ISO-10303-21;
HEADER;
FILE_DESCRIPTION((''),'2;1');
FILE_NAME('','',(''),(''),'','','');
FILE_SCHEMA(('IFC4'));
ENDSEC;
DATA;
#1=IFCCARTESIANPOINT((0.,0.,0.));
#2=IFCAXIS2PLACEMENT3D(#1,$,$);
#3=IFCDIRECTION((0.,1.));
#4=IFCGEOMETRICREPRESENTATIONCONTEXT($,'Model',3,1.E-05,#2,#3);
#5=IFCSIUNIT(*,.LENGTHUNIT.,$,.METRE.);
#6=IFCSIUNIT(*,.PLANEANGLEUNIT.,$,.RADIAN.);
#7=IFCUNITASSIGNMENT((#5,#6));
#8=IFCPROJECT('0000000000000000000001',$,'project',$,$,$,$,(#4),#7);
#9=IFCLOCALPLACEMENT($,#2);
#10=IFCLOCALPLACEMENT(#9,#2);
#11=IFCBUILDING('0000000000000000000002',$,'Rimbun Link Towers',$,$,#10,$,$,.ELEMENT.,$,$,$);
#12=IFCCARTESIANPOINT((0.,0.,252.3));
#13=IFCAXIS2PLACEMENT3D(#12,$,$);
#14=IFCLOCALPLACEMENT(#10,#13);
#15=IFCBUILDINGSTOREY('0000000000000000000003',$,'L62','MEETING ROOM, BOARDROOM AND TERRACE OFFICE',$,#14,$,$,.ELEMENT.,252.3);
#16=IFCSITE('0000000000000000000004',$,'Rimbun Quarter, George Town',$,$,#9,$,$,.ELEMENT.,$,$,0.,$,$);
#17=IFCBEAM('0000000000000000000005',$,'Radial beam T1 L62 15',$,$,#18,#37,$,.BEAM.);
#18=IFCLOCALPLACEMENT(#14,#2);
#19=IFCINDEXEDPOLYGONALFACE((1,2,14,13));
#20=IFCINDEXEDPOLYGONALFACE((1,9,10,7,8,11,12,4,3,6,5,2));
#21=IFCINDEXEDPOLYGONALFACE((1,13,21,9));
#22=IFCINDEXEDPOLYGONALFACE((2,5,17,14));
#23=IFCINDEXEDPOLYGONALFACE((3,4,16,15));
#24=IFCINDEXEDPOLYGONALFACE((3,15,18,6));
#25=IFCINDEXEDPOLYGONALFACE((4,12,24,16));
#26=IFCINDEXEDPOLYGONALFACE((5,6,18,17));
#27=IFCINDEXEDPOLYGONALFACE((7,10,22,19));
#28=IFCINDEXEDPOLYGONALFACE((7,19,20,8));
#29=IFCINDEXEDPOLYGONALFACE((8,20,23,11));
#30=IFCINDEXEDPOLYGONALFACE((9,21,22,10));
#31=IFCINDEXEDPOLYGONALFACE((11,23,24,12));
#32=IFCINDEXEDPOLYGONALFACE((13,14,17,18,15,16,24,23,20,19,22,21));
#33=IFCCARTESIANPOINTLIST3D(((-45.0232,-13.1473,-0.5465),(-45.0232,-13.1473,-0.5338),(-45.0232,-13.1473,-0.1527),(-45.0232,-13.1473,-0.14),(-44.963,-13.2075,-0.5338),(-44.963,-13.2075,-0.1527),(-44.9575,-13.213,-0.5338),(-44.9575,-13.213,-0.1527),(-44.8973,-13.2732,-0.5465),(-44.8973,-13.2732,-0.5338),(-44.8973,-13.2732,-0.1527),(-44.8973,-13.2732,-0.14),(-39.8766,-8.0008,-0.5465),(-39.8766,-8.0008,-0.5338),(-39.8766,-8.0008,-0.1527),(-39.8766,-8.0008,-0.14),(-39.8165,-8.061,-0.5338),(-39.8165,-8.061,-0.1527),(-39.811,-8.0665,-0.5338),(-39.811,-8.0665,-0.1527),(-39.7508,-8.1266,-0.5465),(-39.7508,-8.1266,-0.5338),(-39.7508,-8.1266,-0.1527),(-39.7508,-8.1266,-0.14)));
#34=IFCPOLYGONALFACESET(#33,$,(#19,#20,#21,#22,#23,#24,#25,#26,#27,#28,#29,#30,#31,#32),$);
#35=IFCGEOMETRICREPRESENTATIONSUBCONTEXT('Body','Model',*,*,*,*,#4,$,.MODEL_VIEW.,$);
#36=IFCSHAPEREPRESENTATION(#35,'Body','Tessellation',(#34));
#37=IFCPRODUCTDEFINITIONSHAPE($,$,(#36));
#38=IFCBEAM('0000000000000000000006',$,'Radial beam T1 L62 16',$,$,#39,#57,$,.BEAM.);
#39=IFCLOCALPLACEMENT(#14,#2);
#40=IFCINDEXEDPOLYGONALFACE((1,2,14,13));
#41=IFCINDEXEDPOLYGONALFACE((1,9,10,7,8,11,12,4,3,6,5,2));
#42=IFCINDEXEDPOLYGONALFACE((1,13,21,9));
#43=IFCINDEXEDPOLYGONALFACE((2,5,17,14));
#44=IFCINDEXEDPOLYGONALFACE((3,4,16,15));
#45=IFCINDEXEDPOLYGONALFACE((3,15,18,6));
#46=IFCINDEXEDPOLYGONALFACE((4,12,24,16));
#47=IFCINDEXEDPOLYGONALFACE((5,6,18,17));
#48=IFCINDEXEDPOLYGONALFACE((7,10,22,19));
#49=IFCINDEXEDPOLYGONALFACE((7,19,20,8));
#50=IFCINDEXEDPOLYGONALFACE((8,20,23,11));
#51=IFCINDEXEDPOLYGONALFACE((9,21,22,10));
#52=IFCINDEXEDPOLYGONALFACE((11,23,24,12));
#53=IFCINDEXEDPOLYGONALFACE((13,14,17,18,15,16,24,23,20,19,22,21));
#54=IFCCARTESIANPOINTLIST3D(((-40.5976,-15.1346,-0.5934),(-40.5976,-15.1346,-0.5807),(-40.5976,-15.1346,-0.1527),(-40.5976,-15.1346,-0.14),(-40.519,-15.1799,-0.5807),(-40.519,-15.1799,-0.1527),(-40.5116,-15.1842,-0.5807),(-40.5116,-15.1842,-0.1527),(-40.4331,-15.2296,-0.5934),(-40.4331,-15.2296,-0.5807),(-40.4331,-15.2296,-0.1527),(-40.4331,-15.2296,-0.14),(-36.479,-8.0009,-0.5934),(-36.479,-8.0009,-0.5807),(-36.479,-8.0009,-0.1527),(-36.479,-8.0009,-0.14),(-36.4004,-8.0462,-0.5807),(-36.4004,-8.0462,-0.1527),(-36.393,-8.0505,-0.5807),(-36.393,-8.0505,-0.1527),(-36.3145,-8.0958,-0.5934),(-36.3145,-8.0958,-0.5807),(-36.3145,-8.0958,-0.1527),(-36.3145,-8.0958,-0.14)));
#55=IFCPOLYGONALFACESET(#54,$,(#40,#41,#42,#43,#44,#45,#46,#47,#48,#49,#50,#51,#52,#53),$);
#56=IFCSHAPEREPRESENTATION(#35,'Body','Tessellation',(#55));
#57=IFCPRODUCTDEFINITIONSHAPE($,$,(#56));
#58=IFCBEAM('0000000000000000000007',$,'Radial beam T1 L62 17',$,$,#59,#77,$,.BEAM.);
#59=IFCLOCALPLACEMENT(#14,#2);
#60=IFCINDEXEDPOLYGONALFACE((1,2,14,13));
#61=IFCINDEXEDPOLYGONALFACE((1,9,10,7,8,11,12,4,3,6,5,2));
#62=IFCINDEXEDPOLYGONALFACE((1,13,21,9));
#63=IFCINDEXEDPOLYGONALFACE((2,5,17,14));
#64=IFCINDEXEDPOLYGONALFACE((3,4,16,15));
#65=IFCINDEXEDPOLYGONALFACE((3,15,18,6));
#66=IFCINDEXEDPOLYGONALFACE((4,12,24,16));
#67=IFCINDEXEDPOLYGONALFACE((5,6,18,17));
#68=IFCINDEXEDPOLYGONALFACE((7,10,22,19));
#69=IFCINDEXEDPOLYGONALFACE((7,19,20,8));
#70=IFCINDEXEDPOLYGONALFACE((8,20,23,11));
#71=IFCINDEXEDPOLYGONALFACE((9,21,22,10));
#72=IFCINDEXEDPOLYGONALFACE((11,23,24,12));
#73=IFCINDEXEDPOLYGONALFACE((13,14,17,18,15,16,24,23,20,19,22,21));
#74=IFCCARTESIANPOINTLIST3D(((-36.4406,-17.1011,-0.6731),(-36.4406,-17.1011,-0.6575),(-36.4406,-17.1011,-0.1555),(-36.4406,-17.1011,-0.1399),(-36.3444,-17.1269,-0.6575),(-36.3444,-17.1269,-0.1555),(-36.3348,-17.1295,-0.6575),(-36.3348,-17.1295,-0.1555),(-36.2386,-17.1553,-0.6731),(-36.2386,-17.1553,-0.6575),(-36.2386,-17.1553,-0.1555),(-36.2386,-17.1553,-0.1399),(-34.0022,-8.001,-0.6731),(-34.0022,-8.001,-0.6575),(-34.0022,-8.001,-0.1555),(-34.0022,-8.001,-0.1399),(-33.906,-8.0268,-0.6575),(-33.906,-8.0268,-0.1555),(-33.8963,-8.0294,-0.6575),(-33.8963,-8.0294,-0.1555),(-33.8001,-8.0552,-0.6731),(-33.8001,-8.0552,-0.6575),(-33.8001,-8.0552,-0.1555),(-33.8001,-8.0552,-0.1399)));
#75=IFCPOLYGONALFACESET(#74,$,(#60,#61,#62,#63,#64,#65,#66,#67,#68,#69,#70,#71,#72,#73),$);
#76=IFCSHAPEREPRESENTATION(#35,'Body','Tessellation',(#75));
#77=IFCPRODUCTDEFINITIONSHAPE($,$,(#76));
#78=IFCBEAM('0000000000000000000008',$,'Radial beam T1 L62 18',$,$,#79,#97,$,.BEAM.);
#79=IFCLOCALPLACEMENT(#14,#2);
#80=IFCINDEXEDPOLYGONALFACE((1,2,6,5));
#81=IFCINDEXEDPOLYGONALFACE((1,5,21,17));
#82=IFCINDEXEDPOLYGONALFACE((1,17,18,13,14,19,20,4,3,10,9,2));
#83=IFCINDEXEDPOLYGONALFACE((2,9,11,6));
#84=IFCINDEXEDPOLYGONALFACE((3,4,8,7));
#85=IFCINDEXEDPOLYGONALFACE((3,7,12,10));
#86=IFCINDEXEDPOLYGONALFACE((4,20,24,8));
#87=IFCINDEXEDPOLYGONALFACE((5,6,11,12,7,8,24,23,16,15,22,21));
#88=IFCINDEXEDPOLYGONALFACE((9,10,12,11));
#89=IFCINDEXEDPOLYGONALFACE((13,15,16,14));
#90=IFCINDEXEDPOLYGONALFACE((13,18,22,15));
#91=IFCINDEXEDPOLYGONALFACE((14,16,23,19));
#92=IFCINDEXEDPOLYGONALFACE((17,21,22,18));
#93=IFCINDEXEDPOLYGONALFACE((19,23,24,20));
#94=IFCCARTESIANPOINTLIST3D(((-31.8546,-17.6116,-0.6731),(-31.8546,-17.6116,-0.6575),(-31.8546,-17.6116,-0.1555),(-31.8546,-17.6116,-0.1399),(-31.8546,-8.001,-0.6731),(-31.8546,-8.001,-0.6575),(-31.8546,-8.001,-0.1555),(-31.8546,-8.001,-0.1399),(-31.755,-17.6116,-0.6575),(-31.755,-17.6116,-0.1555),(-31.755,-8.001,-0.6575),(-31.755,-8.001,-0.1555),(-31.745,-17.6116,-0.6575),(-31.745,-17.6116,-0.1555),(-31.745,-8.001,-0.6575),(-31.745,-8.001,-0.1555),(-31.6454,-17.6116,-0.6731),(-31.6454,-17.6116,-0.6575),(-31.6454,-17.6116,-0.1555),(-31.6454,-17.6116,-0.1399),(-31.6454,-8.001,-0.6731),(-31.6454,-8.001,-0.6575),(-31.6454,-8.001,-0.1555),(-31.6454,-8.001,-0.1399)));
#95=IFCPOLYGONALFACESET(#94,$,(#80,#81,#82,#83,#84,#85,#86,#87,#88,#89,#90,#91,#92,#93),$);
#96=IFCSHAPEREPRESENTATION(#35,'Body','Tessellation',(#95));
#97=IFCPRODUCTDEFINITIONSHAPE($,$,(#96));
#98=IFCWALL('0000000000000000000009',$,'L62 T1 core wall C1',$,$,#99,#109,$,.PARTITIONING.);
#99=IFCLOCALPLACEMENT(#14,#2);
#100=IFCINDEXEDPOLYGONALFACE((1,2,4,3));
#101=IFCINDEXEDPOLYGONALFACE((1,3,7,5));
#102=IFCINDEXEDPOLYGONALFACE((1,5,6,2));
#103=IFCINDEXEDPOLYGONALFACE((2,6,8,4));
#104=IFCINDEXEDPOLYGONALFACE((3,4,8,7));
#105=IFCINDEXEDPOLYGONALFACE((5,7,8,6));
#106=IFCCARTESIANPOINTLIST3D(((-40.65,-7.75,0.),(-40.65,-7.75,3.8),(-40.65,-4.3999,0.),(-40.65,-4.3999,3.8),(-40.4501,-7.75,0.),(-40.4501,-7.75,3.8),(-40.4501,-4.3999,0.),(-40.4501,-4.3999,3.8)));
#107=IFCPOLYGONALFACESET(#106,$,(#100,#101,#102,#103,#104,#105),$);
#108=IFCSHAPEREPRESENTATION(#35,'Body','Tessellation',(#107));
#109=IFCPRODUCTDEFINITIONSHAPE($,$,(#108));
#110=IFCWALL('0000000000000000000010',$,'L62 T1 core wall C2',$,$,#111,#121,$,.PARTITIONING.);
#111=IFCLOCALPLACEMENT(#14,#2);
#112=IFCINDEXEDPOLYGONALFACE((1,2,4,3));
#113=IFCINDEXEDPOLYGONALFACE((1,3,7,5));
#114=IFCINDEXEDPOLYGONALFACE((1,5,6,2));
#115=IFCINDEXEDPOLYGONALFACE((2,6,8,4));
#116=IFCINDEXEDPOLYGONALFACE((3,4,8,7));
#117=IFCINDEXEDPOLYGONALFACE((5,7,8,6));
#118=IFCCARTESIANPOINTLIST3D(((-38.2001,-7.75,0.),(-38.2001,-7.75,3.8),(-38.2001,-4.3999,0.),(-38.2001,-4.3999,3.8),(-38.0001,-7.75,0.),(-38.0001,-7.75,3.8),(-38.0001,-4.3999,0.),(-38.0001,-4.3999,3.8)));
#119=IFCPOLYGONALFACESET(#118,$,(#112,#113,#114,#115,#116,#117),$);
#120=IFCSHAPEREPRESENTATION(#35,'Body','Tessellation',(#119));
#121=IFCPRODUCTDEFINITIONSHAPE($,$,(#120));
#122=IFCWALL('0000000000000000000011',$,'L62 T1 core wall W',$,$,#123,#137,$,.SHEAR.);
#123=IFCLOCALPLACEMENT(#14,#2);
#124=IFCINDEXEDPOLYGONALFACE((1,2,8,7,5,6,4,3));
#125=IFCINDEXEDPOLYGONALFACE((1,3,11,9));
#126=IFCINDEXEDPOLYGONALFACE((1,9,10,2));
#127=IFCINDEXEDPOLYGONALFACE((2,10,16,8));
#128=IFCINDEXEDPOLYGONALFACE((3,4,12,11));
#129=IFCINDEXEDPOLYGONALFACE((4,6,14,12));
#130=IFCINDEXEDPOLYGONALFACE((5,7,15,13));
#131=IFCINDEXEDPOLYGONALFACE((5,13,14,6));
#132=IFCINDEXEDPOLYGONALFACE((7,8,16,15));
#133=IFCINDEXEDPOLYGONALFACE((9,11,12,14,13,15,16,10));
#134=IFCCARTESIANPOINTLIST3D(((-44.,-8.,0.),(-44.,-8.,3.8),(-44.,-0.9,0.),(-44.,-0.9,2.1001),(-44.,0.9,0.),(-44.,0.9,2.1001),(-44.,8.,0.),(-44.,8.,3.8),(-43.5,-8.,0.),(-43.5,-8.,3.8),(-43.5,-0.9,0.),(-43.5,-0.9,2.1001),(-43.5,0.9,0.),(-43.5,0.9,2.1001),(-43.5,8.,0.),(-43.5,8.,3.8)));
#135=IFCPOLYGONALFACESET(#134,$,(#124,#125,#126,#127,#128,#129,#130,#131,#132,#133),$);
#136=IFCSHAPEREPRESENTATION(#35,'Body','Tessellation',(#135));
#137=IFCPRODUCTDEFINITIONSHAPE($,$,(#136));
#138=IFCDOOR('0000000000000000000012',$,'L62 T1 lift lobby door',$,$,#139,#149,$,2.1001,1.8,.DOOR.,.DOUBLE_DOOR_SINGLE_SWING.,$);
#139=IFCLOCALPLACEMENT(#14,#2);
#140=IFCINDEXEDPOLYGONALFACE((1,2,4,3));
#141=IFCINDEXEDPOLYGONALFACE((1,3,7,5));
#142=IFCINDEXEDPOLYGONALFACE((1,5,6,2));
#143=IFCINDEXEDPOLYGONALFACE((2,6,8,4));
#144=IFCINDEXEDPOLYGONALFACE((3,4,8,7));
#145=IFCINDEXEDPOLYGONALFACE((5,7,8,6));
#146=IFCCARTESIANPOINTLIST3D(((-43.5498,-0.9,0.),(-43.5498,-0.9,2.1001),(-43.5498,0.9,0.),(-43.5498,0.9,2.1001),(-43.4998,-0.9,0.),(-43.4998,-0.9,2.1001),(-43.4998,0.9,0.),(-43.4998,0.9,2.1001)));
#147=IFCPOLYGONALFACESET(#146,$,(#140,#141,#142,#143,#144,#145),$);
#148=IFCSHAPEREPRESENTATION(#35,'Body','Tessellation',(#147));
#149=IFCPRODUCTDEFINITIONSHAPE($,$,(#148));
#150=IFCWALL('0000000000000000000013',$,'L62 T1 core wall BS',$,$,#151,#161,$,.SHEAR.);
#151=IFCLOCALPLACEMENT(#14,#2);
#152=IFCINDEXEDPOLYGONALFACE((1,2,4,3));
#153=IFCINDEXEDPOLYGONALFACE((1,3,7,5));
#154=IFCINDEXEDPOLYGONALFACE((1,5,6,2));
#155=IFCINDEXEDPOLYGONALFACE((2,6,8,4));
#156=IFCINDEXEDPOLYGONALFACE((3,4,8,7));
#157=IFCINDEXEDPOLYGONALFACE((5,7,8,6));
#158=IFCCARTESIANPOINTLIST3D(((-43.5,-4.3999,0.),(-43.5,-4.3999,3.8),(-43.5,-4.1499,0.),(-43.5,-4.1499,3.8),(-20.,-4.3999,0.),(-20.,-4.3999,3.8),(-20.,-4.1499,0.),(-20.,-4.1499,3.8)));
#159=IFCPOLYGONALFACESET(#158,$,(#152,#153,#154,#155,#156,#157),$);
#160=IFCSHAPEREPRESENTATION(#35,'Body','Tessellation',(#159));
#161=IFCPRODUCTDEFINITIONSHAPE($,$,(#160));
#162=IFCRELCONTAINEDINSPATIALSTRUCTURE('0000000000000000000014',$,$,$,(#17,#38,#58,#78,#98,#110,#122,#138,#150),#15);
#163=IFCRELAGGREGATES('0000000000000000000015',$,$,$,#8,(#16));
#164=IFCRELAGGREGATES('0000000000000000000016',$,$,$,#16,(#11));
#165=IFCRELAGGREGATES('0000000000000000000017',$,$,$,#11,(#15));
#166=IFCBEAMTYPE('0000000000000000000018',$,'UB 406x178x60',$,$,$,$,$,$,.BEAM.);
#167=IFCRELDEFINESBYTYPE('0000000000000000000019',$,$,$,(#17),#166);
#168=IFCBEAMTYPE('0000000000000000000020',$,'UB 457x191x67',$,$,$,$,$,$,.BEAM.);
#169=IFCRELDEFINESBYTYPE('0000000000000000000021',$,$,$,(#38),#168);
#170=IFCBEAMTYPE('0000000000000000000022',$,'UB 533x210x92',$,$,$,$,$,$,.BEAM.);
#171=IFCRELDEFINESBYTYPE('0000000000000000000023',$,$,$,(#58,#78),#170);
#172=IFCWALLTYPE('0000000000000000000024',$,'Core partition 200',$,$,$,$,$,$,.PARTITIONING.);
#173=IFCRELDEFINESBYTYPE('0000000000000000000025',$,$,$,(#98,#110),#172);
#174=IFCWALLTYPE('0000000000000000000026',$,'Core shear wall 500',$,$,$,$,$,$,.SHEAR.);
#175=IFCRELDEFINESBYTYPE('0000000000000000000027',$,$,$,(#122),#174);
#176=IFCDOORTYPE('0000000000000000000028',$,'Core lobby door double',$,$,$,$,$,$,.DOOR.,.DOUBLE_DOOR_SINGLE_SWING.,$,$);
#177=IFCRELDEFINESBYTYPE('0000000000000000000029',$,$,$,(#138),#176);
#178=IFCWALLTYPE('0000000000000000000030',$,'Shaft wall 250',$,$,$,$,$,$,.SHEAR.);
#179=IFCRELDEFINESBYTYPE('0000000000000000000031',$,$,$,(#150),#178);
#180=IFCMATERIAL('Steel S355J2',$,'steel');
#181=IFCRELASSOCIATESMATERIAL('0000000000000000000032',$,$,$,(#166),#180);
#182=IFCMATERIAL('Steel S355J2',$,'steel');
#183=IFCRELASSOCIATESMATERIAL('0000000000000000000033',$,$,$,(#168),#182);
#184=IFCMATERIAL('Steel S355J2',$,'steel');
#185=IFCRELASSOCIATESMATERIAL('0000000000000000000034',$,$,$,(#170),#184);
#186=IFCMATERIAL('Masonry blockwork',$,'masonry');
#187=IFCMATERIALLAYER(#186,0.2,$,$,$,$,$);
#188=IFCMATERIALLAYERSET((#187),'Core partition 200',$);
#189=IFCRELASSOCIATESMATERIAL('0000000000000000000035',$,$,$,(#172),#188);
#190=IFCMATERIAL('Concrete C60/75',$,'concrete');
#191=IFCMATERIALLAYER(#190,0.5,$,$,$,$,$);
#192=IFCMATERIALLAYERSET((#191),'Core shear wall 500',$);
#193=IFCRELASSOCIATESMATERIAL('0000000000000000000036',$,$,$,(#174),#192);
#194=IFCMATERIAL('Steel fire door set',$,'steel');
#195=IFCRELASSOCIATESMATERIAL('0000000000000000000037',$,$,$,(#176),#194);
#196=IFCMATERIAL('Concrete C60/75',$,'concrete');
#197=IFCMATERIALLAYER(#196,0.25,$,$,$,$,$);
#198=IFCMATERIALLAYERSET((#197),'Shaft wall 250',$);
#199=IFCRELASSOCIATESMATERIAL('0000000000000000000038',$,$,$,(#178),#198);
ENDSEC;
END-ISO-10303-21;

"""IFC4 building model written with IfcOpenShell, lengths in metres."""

from ifc_helpers import new_model, si_unit, direction, frame, frame_2d, origin, origin_2d, place, context, subcontext, project, spatial, rectangle, i_section, extrude, material, layer, layer_set, material_profile, profile_set, type_object, element, fill, save


model = new_model("IFC4")

# Units and contexts
model_context = context("Model", 3, precision=1e-05, world=origin(), true_north=direction((0.0, 1.0)))
body_context = subcontext(model_context, "Body", "Model", "MODEL_VIEW")
ifc_project = project(units=[si_unit("LENGTHUNIT", "METRE"), si_unit("PLANEANGLEUNIT", "RADIAN")], contexts=[model_context])

# Site, building, storey
site_placement = place(None, origin())
site = spatial("IfcSite", under=ifc_project, at=site_placement, Name="Rimbun Quarter, George Town", CompositionType="ELEMENT", RefElevation=0.0)
building_placement = place(site_placement, origin())
building = spatial("IfcBuilding", under=site, at=building_placement, Name="Rimbun Link Towers", CompositionType="ELEMENT")
storey_placement = place(building_placement, frame((0.0, 0.0, 252.3)))
storey = spatial("IfcBuildingStorey", under=building, at=storey_placement, Name="L62", Description="MEETING ROOM, BOARDROOM AND TERRACE OFFICE", CompositionType="ELEMENT", Elevation=252.3)

# Beams
ifc_material_1 = material(Name="Steel S355J2", Category="steel")
ifc_material_profile_1 = material_profile(ifc_material_1, i_section(OverallWidth=0.178, OverallDepth=0.4065, WebThickness=0.0078, FlangeThickness=0.0127, at=origin_2d()), Name="UB 406x178x60")
ifc_profile_set_1 = profile_set([ifc_material_profile_1], Name="Steel S355J2")
beam_type_1 = type_object("IfcBeamType", Name="UB 406x178x60", PredefinedType="BEAM", material=ifc_profile_set_1)
beam_1_placement = place(storey_placement, frame((-39.8137, -8.0637, -0.3433), z_axis=(-0.707107, -0.707107, 0.0), x_axis=(0.707107, -0.707107, 0.0)))
element("IfcBeam", 1, at=beam_1_placement, inside=storey, type_object=beam_type_1, Name="Radial beam T1 L62 15", PredefinedType="BEAM", context=body_context, shape_type="SweptSolid", body=[
    extrude(i_section(OverallWidth=0.178, OverallDepth=0.4065, WebThickness=0.0078, FlangeThickness=0.0127, at=origin_2d()), origin(), (0.0, 0.0, 1.0), 7.2783),
])
ifc_material_2 = material(Name="Steel S355J2", Category="steel")
ifc_material_profile_2 = material_profile(ifc_material_2, i_section(OverallWidth=0.1899, OverallDepth=0.4534, WebThickness=0.0085, FlangeThickness=0.0127, at=origin_2d()), Name="UB 457x191x67")
ifc_profile_set_2 = profile_set([ifc_material_profile_2], Name="Steel S355J2")
beam_type_2 = type_object("IfcBeamType", Name="UB 457x191x67", PredefinedType="BEAM", material=ifc_profile_set_2)
beam_2_placement = place(storey_placement, frame((-36.3967, -8.0483, -0.3667), z_axis=(-0.499996, -0.866028, 0.0), x_axis=(0.866028, -0.499996, 0.0)))
element("IfcBeam", 2, at=beam_2_placement, inside=storey, type_object=beam_type_2, Name="Radial beam T1 L62 16", PredefinedType="BEAM", context=body_context, shape_type="SweptSolid", body=[
    extrude(i_section(OverallWidth=0.1899, OverallDepth=0.4534, WebThickness=0.0085, FlangeThickness=0.0127, at=origin_2d()), origin(), (0.0, 0.0, 1.0), 8.2373),
])
ifc_material_3 = material(Name="Steel S355J2", Category="steel")
ifc_material_profile_3 = material_profile(ifc_material_3, i_section(OverallWidth=0.2092, OverallDepth=0.5332, WebThickness=0.01, FlangeThickness=0.0156, at=origin_2d()), Name="UB 533x210x92")
ifc_profile_set_3 = profile_set([ifc_material_profile_3], Name="Steel S355J2")
beam_type_3 = type_object("IfcBeamType", Name="UB 533x210x92", PredefinedType="BEAM", material=ifc_profile_set_3)
beam_3_placement = place(storey_placement, frame((-33.9011, -8.0281, -0.4065), z_axis=(-0.25883, -0.965923, 0.0), x_axis=(0.965923, -0.25883, 0.0)))
element("IfcBeam", 3, at=beam_3_placement, inside=storey, type_object=beam_type_3, Name="Radial beam T1 L62 17", PredefinedType="BEAM", context=body_context, shape_type="SweptSolid", body=[
    extrude(i_section(OverallWidth=0.2092, OverallDepth=0.5332, WebThickness=0.01, FlangeThickness=0.0156, at=origin_2d()), origin(), (0.0, 0.0, 1.0), 9.4211),
])
beam_4_placement = place(storey_placement, frame((-31.75, -8.001, -0.4065), z_axis=(0.0, -1.0, 0.0), x_axis=(1.0, 0.0, 0.0)))
element("IfcBeam", 4, at=beam_4_placement, inside=storey, type_object=beam_type_3, Name="Radial beam T1 L62 18", PredefinedType="BEAM", context=body_context, shape_type="SweptSolid", body=[
    extrude(i_section(OverallWidth=0.2092, OverallDepth=0.5332, WebThickness=0.01, FlangeThickness=0.0156, at=origin_2d()), origin(), (0.0, 0.0, 1.0), 9.6106),
])

# Walls
ifc_material_4 = material(Name="Masonry blockwork", Category="masonry")
ifc_layer_1 = layer(ifc_material_4, 0.2)
ifc_layer_set_1 = layer_set([ifc_layer_1], Name="Core partition 200")
wall_type_1 = type_object("IfcWallType", Name="Core partition 200", PredefinedType="PARTITIONING", material=ifc_layer_set_1)
for number, where, z_axis, x_axis, name in (
    (5, (-40.55, -4.3999, 0.0), (0.0, 0.0, 1.0), (0.0, -1.0, 0.0), "L62 T1 core wall C1"),
    (6, (-38.1001, -4.3999, 0.0), (0.0, 0.0, 1.0), (0.0, -1.0, 0.0), "L62 T1 core wall C2"),
):
    element("IfcWall", number, at=place(storey_placement, frame(where, z_axis=z_axis, x_axis=x_axis)), inside=storey, type_object=wall_type_1, Name=name, PredefinedType="PARTITIONING", context=body_context, shape_type="SweptSolid", body=[
        extrude(rectangle(XDim=3.3501, YDim=0.2, at=frame_2d((1.675, 0.0))), origin(), (0.0, 0.0, 1.0), 3.8),
    ])

# Wall, opening, door
ifc_material_5 = material(Name="Concrete C60/75", Category="concrete")
ifc_layer_2 = layer(ifc_material_5, 0.5)
ifc_layer_set_2 = layer_set([ifc_layer_2], Name="Core shear wall 500")
wall_type_2 = type_object("IfcWallType", Name="Core shear wall 500", PredefinedType="SHEAR", material=ifc_layer_set_2)
wall_1_placement = place(storey_placement, frame((-43.75, -8.0, 0.0), z_axis=(0.0, 0.0, 1.0), x_axis=(0.0, 1.0, 0.0)))
wall_1 = element("IfcWall", 7, at=wall_1_placement, inside=storey, type_object=wall_type_2, Name="L62 T1 core wall W", PredefinedType="SHEAR", context=body_context, shape_type="SweptSolid", body=[
    extrude(rectangle(XDim=16.0, YDim=0.5, at=frame_2d((8.0, 0.0))), origin(), (0.0, 0.0, 1.0), 3.8),
])
opening_1_placement = place(wall_1_placement, frame((7.1001, 0.0, 0.0)))
opening_1 = element("IfcOpeningElement", 8, at=opening_1_placement, cuts=wall_1, PredefinedType="OPENING", context=body_context, shape_type="SweptSolid", body=[
    extrude(rectangle(XDim=1.8, YDim=2.1001, at=frame_2d((0.8999, 1.05))), frame((0.0, 0.26, 0.0), z_axis=(0.0, -1.0, 0.0), x_axis=(1.0, 0.0, 0.0)), (0.0, 0.0, 1.0), 0.52),
])
ifc_material_6 = material(Name="Steel fire door set", Category="steel")
door_type_1 = type_object("IfcDoorType", Name="Core lobby door double", OperationType="DOUBLE_DOOR_SINGLE_SWING", PredefinedType="DOOR", material=ifc_material_6)
door_1_placement = place(opening_1_placement, origin())
door_1 = element("IfcDoor", 9, at=door_1_placement, inside=storey, type_object=door_type_1, Name="L62 T1 lift lobby door", OperationType="DOUBLE_DOOR_SINGLE_SWING", OverallHeight=2.1001, OverallWidth=1.8, PredefinedType="DOOR", context=body_context, shape_type="SweptSolid", body=[
    extrude(rectangle(XDim=1.8, YDim=2.1001, at=frame_2d((0.8999, 1.05))), frame((0.0, -0.2002, 0.0), z_axis=(0.0, -1.0, 0.0), x_axis=(1.0, 0.0, 0.0)), (0.0, 0.0, 1.0), 0.05),
])
fill(opening_1, door_1)

# Wall
ifc_material_7 = material(Name="Concrete C60/75", Category="concrete")
ifc_layer_3 = layer(ifc_material_7, 0.25)
ifc_layer_set_3 = layer_set([ifc_layer_3], Name="Shaft wall 250")
wall_type_3 = type_object("IfcWallType", Name="Shaft wall 250", PredefinedType="SHEAR", material=ifc_layer_set_3)
wall_2_placement = place(storey_placement, frame((-43.5, -4.2749, 0.0), z_axis=(0.0, 0.0, 1.0), x_axis=(1.0, 0.0, 0.0)))
element("IfcWall", 10, at=wall_2_placement, inside=storey, type_object=wall_type_3, Name="L62 T1 core wall BS", PredefinedType="SHEAR", context=body_context, shape_type="SweptSolid", body=[
    extrude(rectangle(XDim=23.5, YDim=0.25, at=frame_2d((11.75, 0.0))), origin(), (0.0, 0.0, 1.0), 3.8),
])

save(model, "model.ifc")
